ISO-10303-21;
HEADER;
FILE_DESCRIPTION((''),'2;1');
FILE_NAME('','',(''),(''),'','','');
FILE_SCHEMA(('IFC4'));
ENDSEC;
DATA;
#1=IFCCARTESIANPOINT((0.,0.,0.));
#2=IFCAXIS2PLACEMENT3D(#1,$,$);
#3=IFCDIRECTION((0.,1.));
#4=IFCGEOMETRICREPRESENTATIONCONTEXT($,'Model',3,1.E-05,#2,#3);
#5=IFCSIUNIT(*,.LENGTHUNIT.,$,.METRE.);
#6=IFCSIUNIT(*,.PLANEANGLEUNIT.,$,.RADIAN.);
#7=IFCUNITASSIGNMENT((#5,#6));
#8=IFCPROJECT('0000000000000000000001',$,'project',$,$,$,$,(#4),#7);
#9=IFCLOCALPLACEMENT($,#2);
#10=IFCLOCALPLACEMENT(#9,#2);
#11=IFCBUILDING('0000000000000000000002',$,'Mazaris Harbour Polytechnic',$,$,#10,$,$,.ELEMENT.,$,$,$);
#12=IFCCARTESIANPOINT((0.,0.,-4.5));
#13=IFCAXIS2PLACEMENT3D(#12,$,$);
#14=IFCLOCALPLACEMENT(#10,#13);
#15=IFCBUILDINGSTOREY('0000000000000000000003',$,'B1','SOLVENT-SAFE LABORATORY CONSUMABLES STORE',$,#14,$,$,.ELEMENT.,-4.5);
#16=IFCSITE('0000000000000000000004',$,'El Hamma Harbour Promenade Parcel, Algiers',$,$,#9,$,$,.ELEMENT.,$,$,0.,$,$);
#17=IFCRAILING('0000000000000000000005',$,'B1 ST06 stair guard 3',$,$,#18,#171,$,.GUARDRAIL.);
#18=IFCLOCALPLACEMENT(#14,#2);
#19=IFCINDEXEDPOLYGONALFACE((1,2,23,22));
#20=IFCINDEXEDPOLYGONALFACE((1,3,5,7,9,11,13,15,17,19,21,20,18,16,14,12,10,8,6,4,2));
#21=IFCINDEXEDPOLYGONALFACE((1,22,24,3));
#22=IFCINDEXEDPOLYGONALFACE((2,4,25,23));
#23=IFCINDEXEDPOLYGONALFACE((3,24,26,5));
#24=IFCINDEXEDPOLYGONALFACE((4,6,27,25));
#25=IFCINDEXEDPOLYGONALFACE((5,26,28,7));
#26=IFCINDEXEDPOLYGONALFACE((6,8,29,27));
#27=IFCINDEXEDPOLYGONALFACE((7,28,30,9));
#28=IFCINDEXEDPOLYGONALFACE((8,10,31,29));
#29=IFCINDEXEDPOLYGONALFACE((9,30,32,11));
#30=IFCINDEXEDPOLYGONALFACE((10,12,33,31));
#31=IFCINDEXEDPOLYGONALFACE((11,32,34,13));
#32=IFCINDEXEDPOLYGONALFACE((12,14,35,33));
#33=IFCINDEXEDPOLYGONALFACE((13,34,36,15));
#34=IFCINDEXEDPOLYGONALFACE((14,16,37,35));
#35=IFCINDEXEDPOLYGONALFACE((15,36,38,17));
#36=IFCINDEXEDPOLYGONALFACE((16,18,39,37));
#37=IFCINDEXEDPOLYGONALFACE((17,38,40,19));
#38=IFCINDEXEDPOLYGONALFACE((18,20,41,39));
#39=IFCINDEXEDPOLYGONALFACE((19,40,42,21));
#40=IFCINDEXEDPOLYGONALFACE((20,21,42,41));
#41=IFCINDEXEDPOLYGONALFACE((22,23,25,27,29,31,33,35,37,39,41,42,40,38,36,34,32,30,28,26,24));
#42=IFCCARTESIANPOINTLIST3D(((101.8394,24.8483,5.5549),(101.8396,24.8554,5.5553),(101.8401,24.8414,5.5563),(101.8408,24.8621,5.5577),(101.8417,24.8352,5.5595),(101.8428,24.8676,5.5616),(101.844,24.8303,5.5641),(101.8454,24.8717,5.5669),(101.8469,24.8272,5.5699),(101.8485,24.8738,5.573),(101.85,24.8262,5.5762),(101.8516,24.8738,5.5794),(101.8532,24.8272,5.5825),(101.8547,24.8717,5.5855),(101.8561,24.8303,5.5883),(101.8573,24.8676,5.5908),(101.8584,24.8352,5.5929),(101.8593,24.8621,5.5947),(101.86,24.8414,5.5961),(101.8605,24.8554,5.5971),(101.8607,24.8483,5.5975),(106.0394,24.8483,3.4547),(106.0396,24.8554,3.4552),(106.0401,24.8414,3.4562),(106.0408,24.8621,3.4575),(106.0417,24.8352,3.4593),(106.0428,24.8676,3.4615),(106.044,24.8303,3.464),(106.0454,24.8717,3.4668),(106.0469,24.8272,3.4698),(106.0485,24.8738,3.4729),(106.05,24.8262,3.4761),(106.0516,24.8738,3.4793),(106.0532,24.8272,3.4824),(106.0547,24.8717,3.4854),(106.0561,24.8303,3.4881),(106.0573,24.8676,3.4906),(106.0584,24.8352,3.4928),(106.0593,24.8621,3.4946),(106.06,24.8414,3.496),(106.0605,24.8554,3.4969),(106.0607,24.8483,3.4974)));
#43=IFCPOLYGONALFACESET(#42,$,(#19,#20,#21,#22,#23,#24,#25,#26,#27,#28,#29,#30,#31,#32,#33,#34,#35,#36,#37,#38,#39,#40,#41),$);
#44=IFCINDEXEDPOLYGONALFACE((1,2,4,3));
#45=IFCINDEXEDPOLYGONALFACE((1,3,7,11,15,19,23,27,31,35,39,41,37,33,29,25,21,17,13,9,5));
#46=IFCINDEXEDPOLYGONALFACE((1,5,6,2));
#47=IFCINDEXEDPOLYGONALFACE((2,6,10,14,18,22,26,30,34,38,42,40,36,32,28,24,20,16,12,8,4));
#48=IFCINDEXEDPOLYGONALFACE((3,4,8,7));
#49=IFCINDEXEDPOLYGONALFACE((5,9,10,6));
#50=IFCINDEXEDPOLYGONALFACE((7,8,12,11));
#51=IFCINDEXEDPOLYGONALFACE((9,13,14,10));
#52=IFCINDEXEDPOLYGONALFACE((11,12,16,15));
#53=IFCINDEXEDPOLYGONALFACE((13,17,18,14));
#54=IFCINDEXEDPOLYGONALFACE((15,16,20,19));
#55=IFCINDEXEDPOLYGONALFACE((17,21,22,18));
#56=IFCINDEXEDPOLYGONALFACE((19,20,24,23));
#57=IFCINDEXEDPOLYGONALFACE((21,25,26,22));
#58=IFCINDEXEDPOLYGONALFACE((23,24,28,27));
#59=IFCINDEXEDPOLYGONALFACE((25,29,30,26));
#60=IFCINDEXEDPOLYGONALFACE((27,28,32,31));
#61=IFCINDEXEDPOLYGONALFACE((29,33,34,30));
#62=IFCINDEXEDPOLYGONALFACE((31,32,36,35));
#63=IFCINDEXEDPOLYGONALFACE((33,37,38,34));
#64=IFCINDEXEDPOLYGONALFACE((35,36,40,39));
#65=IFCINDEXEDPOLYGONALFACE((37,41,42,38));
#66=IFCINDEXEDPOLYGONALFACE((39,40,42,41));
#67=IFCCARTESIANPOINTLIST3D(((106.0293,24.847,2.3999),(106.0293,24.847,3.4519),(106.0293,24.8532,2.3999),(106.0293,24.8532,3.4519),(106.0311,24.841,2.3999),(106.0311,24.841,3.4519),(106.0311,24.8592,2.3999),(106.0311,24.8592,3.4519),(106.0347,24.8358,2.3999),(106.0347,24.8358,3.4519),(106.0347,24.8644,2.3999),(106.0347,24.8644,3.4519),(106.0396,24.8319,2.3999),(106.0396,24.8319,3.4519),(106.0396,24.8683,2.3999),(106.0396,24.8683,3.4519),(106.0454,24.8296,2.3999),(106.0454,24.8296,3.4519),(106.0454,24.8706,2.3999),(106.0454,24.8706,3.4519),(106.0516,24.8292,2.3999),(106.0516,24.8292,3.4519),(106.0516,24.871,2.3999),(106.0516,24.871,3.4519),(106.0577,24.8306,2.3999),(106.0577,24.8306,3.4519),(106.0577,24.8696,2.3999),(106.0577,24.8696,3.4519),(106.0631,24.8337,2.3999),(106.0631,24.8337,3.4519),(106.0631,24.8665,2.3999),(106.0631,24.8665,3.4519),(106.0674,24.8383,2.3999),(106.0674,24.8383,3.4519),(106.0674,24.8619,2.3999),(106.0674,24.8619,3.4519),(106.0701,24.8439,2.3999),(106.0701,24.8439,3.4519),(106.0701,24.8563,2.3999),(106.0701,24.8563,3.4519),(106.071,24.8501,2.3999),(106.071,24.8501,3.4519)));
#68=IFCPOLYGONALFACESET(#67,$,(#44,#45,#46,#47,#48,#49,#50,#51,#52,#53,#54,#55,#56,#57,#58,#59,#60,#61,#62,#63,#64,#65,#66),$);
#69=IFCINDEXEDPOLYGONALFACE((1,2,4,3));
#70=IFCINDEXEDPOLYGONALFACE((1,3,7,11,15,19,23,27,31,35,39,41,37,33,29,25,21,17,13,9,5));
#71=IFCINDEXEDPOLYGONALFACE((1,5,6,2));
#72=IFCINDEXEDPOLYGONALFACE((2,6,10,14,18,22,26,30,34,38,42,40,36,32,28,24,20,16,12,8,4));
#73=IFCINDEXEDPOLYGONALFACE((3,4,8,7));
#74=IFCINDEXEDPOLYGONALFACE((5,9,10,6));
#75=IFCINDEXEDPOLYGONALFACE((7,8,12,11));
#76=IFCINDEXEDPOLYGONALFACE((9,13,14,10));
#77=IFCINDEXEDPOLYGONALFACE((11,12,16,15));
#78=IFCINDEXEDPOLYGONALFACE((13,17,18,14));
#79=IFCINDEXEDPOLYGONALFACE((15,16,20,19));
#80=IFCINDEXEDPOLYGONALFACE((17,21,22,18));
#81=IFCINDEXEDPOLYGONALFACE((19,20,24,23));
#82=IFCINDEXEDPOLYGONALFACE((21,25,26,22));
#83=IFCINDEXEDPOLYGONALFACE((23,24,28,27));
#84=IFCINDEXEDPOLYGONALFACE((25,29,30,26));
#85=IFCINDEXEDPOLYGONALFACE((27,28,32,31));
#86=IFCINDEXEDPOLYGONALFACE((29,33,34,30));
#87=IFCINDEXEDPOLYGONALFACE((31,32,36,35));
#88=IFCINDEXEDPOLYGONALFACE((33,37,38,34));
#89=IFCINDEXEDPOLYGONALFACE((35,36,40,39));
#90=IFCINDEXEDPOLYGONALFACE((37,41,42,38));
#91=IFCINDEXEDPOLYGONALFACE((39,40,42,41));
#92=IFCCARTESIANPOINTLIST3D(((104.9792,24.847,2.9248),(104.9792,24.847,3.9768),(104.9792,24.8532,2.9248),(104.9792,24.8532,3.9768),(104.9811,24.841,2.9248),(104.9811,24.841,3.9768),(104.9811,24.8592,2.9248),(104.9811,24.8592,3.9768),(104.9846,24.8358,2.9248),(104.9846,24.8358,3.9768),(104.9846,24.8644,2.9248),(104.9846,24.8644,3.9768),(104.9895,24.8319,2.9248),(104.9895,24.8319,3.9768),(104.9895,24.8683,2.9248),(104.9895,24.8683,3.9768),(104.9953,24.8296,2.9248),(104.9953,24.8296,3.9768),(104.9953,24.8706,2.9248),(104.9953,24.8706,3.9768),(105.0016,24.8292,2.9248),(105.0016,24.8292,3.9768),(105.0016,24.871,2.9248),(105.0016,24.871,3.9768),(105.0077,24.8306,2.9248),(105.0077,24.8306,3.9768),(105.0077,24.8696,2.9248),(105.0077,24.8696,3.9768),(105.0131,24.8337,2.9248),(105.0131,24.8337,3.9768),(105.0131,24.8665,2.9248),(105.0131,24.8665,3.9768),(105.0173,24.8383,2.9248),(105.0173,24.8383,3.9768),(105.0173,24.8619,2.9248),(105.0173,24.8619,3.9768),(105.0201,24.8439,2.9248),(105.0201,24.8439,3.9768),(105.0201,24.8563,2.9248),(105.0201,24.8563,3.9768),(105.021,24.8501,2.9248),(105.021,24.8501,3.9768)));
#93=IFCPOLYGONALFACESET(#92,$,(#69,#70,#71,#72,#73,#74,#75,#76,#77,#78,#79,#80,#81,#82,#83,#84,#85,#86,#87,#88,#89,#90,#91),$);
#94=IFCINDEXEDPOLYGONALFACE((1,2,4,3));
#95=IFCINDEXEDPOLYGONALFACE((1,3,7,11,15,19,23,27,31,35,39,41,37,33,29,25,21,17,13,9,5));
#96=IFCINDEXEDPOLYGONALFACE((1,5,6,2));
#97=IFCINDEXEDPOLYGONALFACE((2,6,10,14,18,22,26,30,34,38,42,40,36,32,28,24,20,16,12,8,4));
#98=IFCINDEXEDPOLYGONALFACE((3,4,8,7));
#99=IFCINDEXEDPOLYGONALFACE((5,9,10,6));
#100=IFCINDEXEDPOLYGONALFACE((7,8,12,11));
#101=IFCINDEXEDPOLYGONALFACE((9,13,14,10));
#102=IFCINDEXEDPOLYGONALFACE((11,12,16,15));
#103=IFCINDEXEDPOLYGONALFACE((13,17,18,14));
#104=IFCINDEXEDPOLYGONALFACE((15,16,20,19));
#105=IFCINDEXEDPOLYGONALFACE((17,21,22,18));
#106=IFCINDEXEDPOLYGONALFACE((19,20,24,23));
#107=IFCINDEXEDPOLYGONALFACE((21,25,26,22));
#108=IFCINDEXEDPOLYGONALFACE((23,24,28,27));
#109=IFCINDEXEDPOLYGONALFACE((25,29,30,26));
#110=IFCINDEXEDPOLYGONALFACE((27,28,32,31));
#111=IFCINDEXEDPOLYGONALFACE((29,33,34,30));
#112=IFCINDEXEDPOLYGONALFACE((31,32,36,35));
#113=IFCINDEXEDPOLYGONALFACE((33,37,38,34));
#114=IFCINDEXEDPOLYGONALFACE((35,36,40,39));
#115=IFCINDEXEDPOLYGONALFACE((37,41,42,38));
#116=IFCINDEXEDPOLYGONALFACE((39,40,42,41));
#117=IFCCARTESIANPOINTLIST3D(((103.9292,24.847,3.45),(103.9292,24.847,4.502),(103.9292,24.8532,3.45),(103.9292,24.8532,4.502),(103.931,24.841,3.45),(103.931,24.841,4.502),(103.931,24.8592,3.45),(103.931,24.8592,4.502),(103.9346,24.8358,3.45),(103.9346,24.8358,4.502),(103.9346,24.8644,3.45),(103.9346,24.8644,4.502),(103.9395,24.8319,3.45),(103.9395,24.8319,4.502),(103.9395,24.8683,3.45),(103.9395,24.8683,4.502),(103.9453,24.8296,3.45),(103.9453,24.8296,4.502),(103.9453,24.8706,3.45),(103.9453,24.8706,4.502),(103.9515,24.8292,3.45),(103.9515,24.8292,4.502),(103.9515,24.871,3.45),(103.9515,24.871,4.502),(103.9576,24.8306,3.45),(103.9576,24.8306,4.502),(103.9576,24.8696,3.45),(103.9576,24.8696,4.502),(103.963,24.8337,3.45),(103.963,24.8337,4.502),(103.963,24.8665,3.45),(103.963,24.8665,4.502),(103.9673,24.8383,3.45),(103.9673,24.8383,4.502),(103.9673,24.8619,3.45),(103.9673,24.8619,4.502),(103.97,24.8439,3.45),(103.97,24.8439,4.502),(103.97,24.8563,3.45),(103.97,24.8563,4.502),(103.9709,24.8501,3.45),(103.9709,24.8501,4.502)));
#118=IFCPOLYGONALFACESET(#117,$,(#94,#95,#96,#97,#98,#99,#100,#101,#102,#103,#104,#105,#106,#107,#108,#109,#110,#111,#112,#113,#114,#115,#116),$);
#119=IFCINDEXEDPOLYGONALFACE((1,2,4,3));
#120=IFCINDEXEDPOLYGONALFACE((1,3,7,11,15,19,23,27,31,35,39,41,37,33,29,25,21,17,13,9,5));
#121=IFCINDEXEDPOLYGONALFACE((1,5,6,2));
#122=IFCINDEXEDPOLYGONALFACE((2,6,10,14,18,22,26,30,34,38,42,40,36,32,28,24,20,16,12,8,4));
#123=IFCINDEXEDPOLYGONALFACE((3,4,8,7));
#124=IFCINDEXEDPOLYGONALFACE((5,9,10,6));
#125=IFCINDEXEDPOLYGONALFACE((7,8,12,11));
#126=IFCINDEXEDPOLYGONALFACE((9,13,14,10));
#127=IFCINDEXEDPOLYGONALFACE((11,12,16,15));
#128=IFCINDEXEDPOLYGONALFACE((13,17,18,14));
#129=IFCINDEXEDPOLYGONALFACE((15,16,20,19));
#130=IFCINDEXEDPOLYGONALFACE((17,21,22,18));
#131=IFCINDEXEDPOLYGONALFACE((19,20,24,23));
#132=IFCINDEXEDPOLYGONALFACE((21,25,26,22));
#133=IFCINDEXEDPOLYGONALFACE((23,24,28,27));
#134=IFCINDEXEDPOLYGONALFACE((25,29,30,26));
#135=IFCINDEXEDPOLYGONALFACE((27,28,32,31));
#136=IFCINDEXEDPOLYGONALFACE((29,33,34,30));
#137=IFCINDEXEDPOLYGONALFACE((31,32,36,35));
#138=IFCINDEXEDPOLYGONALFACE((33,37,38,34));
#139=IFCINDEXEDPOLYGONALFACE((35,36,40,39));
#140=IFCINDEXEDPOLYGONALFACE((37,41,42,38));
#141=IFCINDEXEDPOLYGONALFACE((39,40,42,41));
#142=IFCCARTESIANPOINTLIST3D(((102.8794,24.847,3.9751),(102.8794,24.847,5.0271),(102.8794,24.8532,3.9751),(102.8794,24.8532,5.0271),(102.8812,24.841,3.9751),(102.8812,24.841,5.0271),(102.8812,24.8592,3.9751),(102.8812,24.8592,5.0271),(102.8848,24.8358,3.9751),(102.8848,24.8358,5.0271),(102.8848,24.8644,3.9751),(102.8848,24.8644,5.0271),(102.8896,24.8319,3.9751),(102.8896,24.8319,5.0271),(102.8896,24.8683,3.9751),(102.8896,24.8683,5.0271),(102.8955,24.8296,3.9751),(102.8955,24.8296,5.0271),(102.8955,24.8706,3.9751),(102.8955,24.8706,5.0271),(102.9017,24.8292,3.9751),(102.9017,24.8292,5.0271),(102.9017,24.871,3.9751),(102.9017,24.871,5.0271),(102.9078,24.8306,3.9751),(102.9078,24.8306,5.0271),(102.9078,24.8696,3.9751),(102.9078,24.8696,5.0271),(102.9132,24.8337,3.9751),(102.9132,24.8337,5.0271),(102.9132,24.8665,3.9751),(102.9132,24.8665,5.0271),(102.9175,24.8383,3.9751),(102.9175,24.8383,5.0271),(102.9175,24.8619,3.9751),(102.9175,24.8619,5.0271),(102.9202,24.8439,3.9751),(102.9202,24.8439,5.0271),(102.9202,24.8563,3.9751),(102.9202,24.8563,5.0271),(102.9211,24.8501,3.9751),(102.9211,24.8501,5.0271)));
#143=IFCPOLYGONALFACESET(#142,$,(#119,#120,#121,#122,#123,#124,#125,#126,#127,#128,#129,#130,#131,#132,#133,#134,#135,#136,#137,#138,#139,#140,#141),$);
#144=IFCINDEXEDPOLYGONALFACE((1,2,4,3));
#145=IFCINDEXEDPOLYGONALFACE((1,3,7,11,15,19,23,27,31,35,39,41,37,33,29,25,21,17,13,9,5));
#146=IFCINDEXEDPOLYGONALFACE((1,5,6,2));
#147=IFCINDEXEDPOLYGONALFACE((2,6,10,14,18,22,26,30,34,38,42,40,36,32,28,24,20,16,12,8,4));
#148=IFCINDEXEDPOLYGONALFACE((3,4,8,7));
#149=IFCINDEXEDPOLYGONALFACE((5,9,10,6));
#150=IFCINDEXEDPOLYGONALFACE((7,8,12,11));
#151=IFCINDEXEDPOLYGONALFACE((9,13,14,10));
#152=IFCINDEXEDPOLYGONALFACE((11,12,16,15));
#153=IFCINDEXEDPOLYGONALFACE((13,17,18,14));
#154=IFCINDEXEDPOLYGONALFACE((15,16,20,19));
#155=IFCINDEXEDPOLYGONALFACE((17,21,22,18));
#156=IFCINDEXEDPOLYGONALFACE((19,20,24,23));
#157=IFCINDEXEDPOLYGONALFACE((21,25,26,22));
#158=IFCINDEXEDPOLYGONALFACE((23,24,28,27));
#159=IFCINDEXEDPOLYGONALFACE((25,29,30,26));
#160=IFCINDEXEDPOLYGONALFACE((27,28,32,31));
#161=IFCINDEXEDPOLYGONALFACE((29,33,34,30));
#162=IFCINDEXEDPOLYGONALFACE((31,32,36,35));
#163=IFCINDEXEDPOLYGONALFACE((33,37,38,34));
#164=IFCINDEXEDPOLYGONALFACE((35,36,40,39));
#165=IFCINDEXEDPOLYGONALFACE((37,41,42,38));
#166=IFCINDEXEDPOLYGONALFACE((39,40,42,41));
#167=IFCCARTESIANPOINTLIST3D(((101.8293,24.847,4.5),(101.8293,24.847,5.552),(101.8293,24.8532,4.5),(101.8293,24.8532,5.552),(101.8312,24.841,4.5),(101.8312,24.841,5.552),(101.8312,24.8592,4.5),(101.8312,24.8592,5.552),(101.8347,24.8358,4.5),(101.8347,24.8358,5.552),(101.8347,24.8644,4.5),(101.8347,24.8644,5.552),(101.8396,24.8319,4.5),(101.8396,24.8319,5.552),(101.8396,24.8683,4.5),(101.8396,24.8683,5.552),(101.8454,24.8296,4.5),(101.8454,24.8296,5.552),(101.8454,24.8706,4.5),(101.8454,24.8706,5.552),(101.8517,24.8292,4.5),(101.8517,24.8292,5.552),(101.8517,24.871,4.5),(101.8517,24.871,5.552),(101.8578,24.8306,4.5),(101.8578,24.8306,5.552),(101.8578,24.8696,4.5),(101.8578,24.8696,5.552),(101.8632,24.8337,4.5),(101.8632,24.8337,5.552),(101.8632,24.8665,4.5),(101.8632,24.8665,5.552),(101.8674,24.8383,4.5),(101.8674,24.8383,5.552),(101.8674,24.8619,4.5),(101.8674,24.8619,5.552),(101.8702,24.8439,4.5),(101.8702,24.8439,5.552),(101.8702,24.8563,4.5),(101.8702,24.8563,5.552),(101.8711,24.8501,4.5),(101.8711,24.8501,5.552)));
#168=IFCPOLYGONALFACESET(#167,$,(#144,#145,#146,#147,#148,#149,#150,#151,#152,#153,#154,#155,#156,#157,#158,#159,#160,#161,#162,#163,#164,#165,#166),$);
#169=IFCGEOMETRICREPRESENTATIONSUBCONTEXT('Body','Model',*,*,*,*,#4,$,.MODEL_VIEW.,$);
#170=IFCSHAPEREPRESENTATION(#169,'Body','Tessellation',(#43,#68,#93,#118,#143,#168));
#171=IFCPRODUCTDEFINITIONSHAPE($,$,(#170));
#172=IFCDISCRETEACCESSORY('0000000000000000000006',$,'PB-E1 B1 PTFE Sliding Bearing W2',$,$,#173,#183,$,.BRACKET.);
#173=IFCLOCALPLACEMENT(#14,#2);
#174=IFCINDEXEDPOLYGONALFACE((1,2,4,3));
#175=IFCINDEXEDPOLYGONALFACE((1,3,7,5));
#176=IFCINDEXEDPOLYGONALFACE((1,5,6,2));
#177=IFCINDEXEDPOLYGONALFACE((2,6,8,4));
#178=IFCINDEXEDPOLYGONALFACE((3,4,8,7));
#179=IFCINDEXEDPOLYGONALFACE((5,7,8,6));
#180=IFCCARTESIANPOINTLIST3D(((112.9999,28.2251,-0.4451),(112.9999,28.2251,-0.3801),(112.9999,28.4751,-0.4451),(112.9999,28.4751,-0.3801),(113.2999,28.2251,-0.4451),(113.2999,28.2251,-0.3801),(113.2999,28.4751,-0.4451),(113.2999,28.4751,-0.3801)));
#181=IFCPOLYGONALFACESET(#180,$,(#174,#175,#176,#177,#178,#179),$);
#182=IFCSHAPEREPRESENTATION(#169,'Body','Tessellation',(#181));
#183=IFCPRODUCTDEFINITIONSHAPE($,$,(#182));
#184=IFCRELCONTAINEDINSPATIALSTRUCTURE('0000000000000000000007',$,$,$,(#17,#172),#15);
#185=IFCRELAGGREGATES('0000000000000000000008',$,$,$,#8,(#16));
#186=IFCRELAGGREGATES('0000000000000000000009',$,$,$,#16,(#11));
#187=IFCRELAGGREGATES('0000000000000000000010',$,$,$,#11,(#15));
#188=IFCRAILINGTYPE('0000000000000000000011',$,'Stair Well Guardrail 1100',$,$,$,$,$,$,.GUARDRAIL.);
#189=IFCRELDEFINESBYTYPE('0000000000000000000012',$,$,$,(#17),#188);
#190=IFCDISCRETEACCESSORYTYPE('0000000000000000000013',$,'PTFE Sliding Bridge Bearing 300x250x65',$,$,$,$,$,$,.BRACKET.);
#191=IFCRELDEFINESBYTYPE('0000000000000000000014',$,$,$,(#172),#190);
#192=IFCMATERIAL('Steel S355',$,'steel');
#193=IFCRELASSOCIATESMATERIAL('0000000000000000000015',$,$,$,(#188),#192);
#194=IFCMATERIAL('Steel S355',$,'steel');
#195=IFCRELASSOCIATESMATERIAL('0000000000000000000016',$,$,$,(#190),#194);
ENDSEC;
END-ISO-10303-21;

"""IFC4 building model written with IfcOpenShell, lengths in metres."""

from ifc_helpers import new_model, si_unit, direction, frame, origin, origin_2d, place, context, subcontext, project, spatial, rectangle, circle, extrude, material, type_object, element, save


model = new_model("IFC4")

# Units and contexts
model_context = context("Model", 3, precision=1e-05, world=origin(), true_north=direction((0.0, 1.0)))
body_context = subcontext(model_context, "Body", "Model", "MODEL_VIEW")
ifc_project = project(units=[si_unit("LENGTHUNIT", "METRE"), si_unit("PLANEANGLEUNIT", "RADIAN")], contexts=[model_context])

# Site, building, storey
site_placement = place(None, origin())
site = spatial("IfcSite", under=ifc_project, at=site_placement, Name="El Hamma Harbour Promenade Parcel, Algiers", CompositionType="ELEMENT", RefElevation=0.0)
building_placement = place(site_placement, origin())
building = spatial("IfcBuilding", under=site, at=building_placement, Name="Mazaris Harbour Polytechnic", CompositionType="ELEMENT")
storey_placement = place(building_placement, frame((0.0, 0.0, -4.5)))
storey = spatial("IfcBuildingStorey", under=building, at=storey_placement, Name="B1", Description="SOLVENT-SAFE LABORATORY CONSUMABLES STORE", CompositionType="ELEMENT", Elevation=-4.5)

# Railing
ifc_material_1 = material(Name="Steel S355", Category="steel")
railing_type_1 = type_object("IfcRailingType", Name="Stair Well Guardrail 1100", PredefinedType="GUARDRAIL", material=ifc_material_1)
railing_1_placement = place(storey_placement, frame((106.05, 24.8501, 2.3999)))
element("IfcRailing", 1, at=railing_1_placement, inside=storey, type_object=railing_type_1, Name="B1 ST06 stair guard 3", PredefinedType="GUARDRAIL", context=body_context, shape_type="SweptSolid", body=[
    extrude(circle(Radius=0.0239, at=origin_2d()), frame((0.0, 0.0, 1.0762), z_axis=(-0.894417, 0.0, 0.447234), x_axis=(0.0, -1.0, 0.0)), (0.0, 0.0, 1.0), 4.6958),
    extrude(circle(Radius=0.021, at=origin_2d()), origin(), (0.0, 0.0, 1.0), 1.052),
    extrude(circle(Radius=0.021, at=origin_2d()), frame((-1.05, 0.0, 0.5249)), (0.0, 0.0, 1.0), 1.052),
    extrude(circle(Radius=0.021, at=origin_2d()), frame((-2.1001, 0.0, 1.05)), (0.0, 0.0, 1.0), 1.052),
    extrude(circle(Radius=0.021, at=origin_2d()), frame((-3.1499, 0.0, 1.5752)), (0.0, 0.0, 1.0), 1.052),
    extrude(circle(Radius=0.021, at=origin_2d()), frame((-4.2, 0.0, 2.1001)), (0.0, 0.0, 1.0), 1.052),
])

# Discrete accessory
ifc_material_2 = material(Name="Steel S355", Category="steel")
discrete_accessory_type = type_object("IfcDiscreteAccessoryType", Name="PTFE Sliding Bridge Bearing 300x250x65", PredefinedType="BRACKET", material=ifc_material_2)
discrete_accessory_placement = place(storey_placement, frame((113.1499, 28.3501, -0.4451), z_axis=(0.0, 0.0, 1.0), x_axis=(1.0, 0.0, 0.0)))
element("IfcDiscreteAccessory", 2, at=discrete_accessory_placement, inside=storey, type_object=discrete_accessory_type, Name="PB-E1 B1 PTFE Sliding Bearing W2", PredefinedType="BRACKET", context=body_context, shape_type="SweptSolid", body=[
    extrude(rectangle(XDim=0.3, YDim=0.25, at=origin_2d()), origin(), (0.0, 0.0, 1.0), 0.0649),
])

save(model, "model.ifc")
